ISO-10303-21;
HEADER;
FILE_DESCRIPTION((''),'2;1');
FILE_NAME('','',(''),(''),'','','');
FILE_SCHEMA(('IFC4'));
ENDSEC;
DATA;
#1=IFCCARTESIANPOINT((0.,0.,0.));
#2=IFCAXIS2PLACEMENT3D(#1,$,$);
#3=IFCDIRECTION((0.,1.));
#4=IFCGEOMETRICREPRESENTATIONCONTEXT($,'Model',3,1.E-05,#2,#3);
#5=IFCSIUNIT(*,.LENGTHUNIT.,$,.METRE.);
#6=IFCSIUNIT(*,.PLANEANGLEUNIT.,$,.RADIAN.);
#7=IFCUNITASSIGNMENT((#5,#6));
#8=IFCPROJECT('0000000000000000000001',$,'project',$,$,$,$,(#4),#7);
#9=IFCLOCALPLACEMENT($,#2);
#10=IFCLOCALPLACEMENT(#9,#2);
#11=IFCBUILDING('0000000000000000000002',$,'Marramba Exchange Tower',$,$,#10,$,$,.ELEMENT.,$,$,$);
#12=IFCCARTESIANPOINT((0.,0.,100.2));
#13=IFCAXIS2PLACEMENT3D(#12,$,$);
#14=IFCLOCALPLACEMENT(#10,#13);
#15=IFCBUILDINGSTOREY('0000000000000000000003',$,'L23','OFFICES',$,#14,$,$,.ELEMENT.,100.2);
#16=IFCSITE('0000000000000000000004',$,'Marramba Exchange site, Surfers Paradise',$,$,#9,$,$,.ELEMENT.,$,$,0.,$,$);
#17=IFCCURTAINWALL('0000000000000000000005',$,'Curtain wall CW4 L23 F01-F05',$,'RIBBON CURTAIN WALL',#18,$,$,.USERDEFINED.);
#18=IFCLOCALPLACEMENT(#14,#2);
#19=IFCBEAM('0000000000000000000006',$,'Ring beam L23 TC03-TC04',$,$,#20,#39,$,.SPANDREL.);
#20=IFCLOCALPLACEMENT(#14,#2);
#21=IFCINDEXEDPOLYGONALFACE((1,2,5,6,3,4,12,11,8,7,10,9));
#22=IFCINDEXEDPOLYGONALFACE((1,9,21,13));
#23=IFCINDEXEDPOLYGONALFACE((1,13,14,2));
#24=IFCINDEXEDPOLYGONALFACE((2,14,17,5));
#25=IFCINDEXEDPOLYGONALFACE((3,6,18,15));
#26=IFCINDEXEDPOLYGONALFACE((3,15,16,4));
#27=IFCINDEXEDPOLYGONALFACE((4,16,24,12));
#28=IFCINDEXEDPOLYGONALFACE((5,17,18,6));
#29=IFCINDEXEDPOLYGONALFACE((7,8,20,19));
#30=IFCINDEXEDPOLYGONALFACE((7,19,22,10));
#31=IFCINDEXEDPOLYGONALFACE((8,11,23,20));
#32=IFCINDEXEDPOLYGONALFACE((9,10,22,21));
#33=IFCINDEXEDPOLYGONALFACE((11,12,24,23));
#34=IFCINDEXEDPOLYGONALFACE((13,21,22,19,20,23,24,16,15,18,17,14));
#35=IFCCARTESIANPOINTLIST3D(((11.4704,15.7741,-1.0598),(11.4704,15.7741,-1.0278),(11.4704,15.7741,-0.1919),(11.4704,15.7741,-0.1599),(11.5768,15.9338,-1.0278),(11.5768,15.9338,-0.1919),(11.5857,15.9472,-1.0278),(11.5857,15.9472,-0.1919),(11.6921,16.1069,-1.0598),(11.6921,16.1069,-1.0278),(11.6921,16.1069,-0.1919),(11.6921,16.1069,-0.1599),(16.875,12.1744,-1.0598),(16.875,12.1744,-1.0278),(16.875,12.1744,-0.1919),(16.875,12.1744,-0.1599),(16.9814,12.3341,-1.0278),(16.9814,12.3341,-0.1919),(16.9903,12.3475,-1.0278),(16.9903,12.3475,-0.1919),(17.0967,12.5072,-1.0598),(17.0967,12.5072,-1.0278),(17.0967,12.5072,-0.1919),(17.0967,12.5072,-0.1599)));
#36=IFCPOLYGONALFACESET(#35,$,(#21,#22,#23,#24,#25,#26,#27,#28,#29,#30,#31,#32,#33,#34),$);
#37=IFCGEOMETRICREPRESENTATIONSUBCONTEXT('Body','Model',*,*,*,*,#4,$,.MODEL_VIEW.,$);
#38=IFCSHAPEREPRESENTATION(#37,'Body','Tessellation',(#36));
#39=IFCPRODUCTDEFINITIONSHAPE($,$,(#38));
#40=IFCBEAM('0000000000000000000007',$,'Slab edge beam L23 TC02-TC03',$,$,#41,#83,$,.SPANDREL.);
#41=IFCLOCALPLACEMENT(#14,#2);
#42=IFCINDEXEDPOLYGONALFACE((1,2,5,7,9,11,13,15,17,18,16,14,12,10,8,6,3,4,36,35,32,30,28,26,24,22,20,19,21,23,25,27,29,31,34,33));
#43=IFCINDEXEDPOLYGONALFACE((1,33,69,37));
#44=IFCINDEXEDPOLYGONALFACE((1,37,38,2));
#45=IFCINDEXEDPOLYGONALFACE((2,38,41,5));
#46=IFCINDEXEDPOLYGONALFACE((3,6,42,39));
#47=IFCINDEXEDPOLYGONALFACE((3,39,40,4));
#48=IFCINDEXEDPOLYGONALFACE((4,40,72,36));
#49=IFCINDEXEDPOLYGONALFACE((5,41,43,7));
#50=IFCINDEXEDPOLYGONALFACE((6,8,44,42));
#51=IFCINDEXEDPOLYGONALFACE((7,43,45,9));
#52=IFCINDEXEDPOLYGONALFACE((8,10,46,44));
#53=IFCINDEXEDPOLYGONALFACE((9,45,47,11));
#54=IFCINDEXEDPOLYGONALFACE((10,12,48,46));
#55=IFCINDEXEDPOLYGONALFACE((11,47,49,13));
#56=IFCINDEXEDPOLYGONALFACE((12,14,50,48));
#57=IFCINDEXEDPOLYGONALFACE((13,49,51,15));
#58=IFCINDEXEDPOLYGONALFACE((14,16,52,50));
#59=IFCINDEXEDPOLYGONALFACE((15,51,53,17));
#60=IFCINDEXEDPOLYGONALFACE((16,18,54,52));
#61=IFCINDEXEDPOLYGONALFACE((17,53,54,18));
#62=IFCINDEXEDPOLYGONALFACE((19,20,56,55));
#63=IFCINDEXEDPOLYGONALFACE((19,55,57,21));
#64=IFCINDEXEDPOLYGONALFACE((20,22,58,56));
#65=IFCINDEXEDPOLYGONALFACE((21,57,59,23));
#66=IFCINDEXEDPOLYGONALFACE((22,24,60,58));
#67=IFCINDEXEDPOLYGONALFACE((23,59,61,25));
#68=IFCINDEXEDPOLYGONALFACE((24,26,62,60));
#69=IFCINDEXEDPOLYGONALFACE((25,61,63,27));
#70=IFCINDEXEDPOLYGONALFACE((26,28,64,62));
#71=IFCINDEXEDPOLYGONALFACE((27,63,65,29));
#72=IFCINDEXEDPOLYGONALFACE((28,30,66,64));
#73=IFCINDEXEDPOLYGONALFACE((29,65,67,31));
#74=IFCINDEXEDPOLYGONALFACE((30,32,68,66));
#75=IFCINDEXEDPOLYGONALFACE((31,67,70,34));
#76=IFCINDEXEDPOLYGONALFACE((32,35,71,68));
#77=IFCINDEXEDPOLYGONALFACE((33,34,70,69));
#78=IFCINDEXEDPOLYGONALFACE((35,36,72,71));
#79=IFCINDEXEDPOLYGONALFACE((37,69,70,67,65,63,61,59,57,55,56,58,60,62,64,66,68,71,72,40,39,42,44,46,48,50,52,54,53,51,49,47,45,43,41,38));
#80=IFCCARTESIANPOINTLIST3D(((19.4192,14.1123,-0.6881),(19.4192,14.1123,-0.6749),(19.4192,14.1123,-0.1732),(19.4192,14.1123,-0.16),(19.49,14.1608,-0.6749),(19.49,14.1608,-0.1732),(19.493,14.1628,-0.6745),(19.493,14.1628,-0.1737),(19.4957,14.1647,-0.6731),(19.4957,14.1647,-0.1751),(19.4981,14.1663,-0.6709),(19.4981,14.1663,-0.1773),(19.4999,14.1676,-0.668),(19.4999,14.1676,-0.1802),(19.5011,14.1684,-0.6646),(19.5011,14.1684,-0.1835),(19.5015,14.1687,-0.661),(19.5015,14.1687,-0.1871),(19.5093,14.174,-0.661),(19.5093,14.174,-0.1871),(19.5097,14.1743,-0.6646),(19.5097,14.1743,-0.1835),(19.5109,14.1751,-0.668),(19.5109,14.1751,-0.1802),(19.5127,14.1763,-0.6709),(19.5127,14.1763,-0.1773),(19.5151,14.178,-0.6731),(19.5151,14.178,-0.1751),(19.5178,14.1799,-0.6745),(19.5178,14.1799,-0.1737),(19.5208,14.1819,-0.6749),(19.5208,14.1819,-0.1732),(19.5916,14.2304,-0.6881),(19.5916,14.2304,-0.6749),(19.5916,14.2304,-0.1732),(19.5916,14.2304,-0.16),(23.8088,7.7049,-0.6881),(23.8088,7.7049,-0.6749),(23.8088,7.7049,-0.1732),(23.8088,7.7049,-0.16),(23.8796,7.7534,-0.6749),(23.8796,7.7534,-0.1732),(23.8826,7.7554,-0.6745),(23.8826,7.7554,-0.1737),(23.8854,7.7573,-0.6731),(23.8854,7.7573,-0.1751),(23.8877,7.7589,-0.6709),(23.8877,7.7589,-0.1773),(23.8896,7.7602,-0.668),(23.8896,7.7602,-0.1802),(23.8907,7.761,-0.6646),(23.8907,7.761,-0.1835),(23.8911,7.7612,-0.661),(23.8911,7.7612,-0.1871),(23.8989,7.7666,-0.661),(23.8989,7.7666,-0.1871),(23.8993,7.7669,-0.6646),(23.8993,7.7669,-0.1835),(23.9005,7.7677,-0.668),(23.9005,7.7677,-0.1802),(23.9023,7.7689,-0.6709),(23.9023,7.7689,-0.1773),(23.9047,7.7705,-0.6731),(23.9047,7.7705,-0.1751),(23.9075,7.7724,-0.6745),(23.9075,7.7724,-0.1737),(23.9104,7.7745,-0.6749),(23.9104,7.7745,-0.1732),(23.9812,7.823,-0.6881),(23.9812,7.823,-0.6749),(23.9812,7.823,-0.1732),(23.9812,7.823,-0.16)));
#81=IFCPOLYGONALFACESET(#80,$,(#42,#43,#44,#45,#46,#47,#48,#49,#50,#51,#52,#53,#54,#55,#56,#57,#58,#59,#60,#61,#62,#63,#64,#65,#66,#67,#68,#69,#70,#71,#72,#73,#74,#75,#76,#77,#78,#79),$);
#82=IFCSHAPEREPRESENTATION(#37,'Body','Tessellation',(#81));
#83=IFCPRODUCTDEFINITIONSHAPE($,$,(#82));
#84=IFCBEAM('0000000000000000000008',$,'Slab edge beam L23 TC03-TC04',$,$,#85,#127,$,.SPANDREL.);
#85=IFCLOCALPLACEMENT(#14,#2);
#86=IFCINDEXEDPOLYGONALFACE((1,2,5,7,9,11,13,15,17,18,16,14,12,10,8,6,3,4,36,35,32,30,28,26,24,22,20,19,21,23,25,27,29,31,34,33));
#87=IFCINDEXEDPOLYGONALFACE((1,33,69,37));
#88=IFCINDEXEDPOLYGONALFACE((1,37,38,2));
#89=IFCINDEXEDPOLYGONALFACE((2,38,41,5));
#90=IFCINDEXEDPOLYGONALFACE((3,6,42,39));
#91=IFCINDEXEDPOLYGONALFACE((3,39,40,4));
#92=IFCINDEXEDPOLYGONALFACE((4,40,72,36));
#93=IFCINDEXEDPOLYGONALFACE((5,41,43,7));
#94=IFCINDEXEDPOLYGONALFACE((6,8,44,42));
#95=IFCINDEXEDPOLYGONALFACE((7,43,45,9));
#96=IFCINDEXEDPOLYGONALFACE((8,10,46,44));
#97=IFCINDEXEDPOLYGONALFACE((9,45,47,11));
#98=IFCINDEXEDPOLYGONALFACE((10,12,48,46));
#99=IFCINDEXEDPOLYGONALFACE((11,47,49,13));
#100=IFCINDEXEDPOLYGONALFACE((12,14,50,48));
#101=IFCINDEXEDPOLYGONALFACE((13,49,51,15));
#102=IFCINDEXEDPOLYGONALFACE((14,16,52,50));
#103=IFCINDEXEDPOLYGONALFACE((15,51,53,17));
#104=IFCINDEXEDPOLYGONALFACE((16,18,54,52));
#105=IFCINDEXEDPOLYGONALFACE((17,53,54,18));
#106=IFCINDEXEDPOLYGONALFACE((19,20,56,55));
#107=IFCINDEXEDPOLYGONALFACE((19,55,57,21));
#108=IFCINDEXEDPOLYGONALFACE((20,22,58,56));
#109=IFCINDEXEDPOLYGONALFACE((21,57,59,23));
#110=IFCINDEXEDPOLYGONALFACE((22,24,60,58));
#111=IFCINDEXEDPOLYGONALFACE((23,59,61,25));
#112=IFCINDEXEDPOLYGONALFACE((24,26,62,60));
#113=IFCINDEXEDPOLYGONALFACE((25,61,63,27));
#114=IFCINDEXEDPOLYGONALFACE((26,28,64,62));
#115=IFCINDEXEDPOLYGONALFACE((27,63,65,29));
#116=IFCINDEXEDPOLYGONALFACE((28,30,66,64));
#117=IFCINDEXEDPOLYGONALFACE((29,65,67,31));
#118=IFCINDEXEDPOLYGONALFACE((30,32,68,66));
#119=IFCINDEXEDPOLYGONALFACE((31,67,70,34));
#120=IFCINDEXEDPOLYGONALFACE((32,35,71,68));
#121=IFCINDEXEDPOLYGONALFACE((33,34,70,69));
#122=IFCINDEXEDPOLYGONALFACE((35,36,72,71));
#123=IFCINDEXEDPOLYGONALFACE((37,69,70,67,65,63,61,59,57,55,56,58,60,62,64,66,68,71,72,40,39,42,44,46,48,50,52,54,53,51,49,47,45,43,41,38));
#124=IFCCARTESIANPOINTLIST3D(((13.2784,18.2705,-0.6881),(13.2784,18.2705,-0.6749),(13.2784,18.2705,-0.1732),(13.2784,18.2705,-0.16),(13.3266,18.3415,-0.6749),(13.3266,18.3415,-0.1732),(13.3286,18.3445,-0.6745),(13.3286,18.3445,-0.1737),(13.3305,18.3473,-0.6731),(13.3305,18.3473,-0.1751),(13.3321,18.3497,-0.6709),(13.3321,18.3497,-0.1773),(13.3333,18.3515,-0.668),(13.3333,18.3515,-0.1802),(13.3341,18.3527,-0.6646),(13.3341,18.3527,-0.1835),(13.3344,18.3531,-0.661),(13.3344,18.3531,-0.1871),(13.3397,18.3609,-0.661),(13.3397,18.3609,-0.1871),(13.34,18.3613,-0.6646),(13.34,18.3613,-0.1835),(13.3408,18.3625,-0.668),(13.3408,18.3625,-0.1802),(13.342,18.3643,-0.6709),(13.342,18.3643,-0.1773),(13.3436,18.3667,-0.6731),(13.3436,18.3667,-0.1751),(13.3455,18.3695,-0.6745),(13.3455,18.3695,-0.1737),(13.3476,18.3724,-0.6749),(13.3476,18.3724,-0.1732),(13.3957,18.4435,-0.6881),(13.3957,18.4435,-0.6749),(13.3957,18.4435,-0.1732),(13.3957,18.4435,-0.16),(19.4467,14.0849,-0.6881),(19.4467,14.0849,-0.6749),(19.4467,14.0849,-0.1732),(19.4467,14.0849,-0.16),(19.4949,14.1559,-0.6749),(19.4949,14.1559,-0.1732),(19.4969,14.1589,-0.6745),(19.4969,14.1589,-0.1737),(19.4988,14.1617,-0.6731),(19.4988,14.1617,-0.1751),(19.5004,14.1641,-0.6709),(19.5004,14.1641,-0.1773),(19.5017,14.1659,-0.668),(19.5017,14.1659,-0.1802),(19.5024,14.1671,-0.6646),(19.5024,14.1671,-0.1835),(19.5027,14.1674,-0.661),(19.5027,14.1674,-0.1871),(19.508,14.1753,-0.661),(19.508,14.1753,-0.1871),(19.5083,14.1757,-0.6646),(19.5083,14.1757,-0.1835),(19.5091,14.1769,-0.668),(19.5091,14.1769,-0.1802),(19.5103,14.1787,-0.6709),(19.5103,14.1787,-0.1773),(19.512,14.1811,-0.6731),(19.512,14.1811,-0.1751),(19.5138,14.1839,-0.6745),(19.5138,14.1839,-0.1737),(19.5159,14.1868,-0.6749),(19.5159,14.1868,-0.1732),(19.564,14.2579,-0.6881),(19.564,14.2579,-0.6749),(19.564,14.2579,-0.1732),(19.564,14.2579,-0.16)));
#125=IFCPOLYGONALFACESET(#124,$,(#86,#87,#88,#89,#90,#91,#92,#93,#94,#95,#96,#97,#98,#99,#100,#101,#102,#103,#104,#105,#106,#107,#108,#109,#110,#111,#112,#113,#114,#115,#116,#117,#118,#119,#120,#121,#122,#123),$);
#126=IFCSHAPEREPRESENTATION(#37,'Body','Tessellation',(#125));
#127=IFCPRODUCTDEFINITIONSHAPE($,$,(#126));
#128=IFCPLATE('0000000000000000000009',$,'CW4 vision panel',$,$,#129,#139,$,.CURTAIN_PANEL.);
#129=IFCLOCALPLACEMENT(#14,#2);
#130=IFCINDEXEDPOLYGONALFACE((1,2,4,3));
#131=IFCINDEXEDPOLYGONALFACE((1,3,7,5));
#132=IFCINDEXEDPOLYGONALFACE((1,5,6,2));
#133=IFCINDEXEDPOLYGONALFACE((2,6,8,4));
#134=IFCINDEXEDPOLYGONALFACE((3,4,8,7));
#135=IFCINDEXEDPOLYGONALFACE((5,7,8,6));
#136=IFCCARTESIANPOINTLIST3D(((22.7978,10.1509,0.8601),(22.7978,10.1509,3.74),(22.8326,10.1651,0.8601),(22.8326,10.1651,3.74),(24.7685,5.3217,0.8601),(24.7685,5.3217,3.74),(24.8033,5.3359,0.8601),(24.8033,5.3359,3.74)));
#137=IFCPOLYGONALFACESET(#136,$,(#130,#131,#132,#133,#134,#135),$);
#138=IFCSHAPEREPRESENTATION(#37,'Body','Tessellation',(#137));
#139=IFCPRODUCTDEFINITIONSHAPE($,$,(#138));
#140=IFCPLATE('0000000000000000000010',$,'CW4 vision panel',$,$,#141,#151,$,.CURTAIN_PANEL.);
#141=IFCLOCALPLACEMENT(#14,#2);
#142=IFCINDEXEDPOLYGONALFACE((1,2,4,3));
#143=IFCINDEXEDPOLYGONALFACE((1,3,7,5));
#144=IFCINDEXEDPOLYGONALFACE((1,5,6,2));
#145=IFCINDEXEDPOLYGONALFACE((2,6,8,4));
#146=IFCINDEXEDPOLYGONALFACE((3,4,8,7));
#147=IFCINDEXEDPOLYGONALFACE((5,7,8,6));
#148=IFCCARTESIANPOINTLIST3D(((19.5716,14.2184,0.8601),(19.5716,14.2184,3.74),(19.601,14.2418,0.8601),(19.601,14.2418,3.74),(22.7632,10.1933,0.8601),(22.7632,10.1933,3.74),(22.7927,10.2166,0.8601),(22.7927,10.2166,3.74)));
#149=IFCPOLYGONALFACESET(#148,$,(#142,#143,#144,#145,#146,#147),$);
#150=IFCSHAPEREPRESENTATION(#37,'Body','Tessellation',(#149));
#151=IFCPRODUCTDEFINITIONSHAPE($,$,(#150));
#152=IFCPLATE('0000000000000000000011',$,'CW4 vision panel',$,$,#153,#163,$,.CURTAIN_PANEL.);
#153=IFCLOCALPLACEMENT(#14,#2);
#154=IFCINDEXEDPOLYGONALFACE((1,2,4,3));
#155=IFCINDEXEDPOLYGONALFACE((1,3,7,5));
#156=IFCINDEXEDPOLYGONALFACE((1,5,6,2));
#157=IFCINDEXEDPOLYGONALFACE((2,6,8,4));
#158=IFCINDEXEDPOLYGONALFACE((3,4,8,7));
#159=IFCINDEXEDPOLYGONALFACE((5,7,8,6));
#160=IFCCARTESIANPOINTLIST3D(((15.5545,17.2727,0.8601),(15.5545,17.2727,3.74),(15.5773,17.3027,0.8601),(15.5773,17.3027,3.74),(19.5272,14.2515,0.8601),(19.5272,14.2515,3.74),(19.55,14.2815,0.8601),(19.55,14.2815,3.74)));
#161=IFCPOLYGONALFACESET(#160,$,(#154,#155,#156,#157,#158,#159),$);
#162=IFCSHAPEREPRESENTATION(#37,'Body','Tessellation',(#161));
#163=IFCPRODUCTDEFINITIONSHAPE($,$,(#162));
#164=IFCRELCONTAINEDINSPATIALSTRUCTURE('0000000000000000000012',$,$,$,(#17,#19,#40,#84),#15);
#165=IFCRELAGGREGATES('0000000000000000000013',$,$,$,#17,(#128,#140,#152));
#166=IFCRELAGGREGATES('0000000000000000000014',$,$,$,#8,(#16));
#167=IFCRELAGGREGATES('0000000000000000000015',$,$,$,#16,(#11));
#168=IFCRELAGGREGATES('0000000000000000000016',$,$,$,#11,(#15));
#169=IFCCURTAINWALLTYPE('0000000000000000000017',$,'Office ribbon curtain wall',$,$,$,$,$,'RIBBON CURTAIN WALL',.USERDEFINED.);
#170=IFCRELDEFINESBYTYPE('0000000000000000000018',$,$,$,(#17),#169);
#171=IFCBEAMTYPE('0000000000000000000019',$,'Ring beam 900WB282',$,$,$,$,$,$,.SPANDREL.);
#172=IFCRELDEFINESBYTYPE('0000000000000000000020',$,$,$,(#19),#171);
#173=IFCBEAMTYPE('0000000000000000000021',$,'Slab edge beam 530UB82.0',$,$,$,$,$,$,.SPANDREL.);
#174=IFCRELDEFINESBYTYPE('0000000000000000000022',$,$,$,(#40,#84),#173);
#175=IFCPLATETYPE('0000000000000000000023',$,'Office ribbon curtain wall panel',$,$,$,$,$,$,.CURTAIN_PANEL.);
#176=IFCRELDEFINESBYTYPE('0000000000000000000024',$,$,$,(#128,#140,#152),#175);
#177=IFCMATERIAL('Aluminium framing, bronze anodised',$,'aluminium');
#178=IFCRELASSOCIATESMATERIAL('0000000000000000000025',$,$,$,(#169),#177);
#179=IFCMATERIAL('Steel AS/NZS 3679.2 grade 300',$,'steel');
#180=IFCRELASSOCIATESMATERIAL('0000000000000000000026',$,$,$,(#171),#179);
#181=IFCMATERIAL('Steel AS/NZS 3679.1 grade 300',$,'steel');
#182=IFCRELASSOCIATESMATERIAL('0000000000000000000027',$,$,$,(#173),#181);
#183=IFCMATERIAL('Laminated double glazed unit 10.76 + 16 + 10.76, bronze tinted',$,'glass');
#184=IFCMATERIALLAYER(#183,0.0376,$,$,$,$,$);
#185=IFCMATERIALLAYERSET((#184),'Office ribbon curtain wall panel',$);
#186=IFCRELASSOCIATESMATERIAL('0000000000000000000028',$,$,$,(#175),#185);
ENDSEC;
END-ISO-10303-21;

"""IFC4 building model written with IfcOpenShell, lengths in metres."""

from ifc_helpers import new_model, si_unit, direction, frame, origin, origin_2d, place, context, subcontext, project, spatial, rectangle, i_section, extrude, material, layer, layer_set, material_profile, profile_set, type_object, element, aggregate, save


model = new_model("IFC4")

# Units and contexts
model_context = context("Model", 3, precision=1e-05, world=origin(), true_north=direction((0.0, 1.0)))
body_context = subcontext(model_context, "Body", "Model", "MODEL_VIEW")
ifc_project = project(units=[si_unit("LENGTHUNIT", "METRE"), si_unit("PLANEANGLEUNIT", "RADIAN")], contexts=[model_context])

# Site, building, storey
site_placement = place(None, origin())
site = spatial("IfcSite", under=ifc_project, at=site_placement, Name="Marramba Exchange site, Surfers Paradise", CompositionType="ELEMENT", RefElevation=0.0)
building_placement = place(site_placement, origin())
building = spatial("IfcBuilding", under=site, at=building_placement, Name="Marramba Exchange Tower", CompositionType="ELEMENT")
storey_placement = place(building_placement, frame((0.0, 0.0, 100.2)))
storey = spatial("IfcBuildingStorey", under=building, at=storey_placement, Name="L23", Description="OFFICES", CompositionType="ELEMENT", Elevation=100.2)

# Shared definitions
ifc_material_1 = material(Name="Steel AS/NZS 3679.2 grade 300", Category="steel")
ifc_material_2 = material(Name="Steel AS/NZS 3679.1 grade 300", Category="steel")

# Curtain wall
ifc_material_3 = material(Name="Aluminium framing, bronze anodised", Category="aluminium")
curtain_wall_type = type_object("IfcCurtainWallType", Name="Office ribbon curtain wall", ElementType="RIBBON CURTAIN WALL", PredefinedType="USERDEFINED", material=ifc_material_3)
curtain_wall_placement = place(storey_placement, origin())
curtain_wall = element("IfcCurtainWall", 1, at=curtain_wall_placement, inside=storey, type_object=curtain_wall_type, Name="Curtain wall CW4 L23 F01-F05", ObjectType="RIBBON CURTAIN WALL", PredefinedType="USERDEFINED")

# Beams
ifc_material_profile_1 = material_profile(ifc_material_1, i_section(OverallWidth=0.3999, OverallDepth=0.8999, WebThickness=0.0161, FlangeThickness=0.032, at=origin_2d()), Name="900WB282")
ifc_profile_set_1 = profile_set([ifc_material_profile_1], Name="Steel AS/NZS 3679.2 grade 300")
beam_type_1 = type_object("IfcBeamType", Name="Ring beam 900WB282", PredefinedType="SPANDREL", material=ifc_profile_set_1)
beam_1_placement = place(storey_placement, frame((16.9858, 12.3408, -0.6099), z_axis=(-0.832293, 0.554336, 0.0), x_axis=(-0.554336, -0.832293, 0.0)))
element("IfcBeam", 2, at=beam_1_placement, inside=storey, type_object=beam_type_1, Name="Ring beam L23 TC03-TC04", PredefinedType="SPANDREL", context=body_context, shape_type="SweptSolid", body=[
    extrude(i_section(OverallWidth=0.3999, OverallDepth=0.8999, WebThickness=0.0161, FlangeThickness=0.032, at=origin_2d()), origin(), (0.0, 0.0, 1.0), 6.4937),
])
ifc_material_profile_2 = material_profile(ifc_material_2, i_section(OverallWidth=0.209, OverallDepth=0.5281, WebThickness=0.0095, FlangeThickness=0.0132, FilletRadius=0.0139, at=origin_2d()), Name="530UB82.0")
ifc_profile_set_2 = profile_set([ifc_material_profile_2], Name="Steel AS/NZS 3679.1 grade 300")
beam_type_2 = type_object("IfcBeamType", Name="Slab edge beam 530UB82.0", PredefinedType="SPANDREL", material=ifc_profile_set_2)
beam_2_placement = place(storey_placement, frame((23.895, 7.7639, -0.4241), z_axis=(-0.565174, 0.824972, 0.0), x_axis=(-0.824972, -0.565174, 0.0)))
element("IfcBeam", 3, at=beam_2_placement, inside=storey, type_object=beam_type_2, Name="Slab edge beam L23 TC02-TC03", PredefinedType="SPANDREL", context=body_context, shape_type="SweptSolid", body=[
    extrude(i_section(OverallWidth=0.209, OverallDepth=0.5281, WebThickness=0.0095, FlangeThickness=0.0132, FilletRadius=0.0139, at=origin_2d()), origin(), (0.0, 0.0, 1.0), 7.7668),
])
beam_3_placement = place(storey_placement, frame((19.5054, 14.1714, -0.4241), z_axis=(-0.827477, 0.561499, 0.0), x_axis=(-0.561499, -0.827477, 0.0)))
element("IfcBeam", 4, at=beam_3_placement, inside=storey, type_object=beam_type_2, Name="Slab edge beam L23 TC03-TC04", PredefinedType="SPANDREL", context=body_context, shape_type="SweptSolid", body=[
    extrude(i_section(OverallWidth=0.209, OverallDepth=0.5281, WebThickness=0.0095, FlangeThickness=0.0132, FilletRadius=0.0139, at=origin_2d()), origin(), (0.0, 0.0, 1.0), 7.4543),
])

# Plates
ifc_material_4 = material(Name="Laminated double glazed unit 10.76 + 16 + 10.76, bronze tinted", Category="glass")
ifc_layer_1 = layer(ifc_material_4, 0.0376)
ifc_layer_set_1 = layer_set([ifc_layer_1], Name="Office ribbon curtain wall panel")
plate_type = type_object("IfcPlateType", Name="Office ribbon curtain wall panel", PredefinedType="CURTAIN_PANEL", material=ifc_layer_set_1)
plate_1_placement = place(storey_placement, frame((23.8005, 7.7434, 0.8601), z_axis=(0.0, 0.0, 1.0), x_axis=(-0.377821, 0.925879, 0.0)))
plate_1 = element("IfcPlate", 5, at=plate_1_placement, type_object=plate_type, Name="CW4 vision panel", PredefinedType="CURTAIN_PANEL", context=body_context, shape_type="SweptSolid", body=[
    extrude(rectangle(XDim=5.2158, YDim=0.0376, at=origin_2d()), origin(), (0.0, 0.0, 1.0), 2.8799),
])
plate_2_placement = place(storey_placement, frame((21.1821, 12.2175, 0.8601), z_axis=(0.0, 0.0, 1.0), x_axis=(-0.621312, 0.783563, 0.0)))
plate_2 = element("IfcPlate", 6, at=plate_2_placement, type_object=plate_type, Name="CW4 vision panel", PredefinedType="CURTAIN_PANEL", context=body_context, shape_type="SweptSolid", body=[
    extrude(rectangle(XDim=5.137, YDim=0.0376, at=origin_2d()), origin(), (0.0, 0.0, 1.0), 2.8799),
])
plate_3_placement = place(storey_placement, frame((17.5522, 15.7771, 0.8601), z_axis=(0.0, 0.0, 1.0), x_axis=(-0.795972, 0.605334, 0.0)))
plate_3 = element("IfcPlate", 7, at=plate_3_placement, type_object=plate_type, Name="CW4 vision panel", PredefinedType="CURTAIN_PANEL", context=body_context, shape_type="SweptSolid", body=[
    extrude(rectangle(XDim=4.991, YDim=0.0376, at=origin_2d()), origin(), (0.0, 0.0, 1.0), 2.8799),
])
aggregate(curtain_wall, [plate_1, plate_2, plate_3])

save(model, "model.ifc")
